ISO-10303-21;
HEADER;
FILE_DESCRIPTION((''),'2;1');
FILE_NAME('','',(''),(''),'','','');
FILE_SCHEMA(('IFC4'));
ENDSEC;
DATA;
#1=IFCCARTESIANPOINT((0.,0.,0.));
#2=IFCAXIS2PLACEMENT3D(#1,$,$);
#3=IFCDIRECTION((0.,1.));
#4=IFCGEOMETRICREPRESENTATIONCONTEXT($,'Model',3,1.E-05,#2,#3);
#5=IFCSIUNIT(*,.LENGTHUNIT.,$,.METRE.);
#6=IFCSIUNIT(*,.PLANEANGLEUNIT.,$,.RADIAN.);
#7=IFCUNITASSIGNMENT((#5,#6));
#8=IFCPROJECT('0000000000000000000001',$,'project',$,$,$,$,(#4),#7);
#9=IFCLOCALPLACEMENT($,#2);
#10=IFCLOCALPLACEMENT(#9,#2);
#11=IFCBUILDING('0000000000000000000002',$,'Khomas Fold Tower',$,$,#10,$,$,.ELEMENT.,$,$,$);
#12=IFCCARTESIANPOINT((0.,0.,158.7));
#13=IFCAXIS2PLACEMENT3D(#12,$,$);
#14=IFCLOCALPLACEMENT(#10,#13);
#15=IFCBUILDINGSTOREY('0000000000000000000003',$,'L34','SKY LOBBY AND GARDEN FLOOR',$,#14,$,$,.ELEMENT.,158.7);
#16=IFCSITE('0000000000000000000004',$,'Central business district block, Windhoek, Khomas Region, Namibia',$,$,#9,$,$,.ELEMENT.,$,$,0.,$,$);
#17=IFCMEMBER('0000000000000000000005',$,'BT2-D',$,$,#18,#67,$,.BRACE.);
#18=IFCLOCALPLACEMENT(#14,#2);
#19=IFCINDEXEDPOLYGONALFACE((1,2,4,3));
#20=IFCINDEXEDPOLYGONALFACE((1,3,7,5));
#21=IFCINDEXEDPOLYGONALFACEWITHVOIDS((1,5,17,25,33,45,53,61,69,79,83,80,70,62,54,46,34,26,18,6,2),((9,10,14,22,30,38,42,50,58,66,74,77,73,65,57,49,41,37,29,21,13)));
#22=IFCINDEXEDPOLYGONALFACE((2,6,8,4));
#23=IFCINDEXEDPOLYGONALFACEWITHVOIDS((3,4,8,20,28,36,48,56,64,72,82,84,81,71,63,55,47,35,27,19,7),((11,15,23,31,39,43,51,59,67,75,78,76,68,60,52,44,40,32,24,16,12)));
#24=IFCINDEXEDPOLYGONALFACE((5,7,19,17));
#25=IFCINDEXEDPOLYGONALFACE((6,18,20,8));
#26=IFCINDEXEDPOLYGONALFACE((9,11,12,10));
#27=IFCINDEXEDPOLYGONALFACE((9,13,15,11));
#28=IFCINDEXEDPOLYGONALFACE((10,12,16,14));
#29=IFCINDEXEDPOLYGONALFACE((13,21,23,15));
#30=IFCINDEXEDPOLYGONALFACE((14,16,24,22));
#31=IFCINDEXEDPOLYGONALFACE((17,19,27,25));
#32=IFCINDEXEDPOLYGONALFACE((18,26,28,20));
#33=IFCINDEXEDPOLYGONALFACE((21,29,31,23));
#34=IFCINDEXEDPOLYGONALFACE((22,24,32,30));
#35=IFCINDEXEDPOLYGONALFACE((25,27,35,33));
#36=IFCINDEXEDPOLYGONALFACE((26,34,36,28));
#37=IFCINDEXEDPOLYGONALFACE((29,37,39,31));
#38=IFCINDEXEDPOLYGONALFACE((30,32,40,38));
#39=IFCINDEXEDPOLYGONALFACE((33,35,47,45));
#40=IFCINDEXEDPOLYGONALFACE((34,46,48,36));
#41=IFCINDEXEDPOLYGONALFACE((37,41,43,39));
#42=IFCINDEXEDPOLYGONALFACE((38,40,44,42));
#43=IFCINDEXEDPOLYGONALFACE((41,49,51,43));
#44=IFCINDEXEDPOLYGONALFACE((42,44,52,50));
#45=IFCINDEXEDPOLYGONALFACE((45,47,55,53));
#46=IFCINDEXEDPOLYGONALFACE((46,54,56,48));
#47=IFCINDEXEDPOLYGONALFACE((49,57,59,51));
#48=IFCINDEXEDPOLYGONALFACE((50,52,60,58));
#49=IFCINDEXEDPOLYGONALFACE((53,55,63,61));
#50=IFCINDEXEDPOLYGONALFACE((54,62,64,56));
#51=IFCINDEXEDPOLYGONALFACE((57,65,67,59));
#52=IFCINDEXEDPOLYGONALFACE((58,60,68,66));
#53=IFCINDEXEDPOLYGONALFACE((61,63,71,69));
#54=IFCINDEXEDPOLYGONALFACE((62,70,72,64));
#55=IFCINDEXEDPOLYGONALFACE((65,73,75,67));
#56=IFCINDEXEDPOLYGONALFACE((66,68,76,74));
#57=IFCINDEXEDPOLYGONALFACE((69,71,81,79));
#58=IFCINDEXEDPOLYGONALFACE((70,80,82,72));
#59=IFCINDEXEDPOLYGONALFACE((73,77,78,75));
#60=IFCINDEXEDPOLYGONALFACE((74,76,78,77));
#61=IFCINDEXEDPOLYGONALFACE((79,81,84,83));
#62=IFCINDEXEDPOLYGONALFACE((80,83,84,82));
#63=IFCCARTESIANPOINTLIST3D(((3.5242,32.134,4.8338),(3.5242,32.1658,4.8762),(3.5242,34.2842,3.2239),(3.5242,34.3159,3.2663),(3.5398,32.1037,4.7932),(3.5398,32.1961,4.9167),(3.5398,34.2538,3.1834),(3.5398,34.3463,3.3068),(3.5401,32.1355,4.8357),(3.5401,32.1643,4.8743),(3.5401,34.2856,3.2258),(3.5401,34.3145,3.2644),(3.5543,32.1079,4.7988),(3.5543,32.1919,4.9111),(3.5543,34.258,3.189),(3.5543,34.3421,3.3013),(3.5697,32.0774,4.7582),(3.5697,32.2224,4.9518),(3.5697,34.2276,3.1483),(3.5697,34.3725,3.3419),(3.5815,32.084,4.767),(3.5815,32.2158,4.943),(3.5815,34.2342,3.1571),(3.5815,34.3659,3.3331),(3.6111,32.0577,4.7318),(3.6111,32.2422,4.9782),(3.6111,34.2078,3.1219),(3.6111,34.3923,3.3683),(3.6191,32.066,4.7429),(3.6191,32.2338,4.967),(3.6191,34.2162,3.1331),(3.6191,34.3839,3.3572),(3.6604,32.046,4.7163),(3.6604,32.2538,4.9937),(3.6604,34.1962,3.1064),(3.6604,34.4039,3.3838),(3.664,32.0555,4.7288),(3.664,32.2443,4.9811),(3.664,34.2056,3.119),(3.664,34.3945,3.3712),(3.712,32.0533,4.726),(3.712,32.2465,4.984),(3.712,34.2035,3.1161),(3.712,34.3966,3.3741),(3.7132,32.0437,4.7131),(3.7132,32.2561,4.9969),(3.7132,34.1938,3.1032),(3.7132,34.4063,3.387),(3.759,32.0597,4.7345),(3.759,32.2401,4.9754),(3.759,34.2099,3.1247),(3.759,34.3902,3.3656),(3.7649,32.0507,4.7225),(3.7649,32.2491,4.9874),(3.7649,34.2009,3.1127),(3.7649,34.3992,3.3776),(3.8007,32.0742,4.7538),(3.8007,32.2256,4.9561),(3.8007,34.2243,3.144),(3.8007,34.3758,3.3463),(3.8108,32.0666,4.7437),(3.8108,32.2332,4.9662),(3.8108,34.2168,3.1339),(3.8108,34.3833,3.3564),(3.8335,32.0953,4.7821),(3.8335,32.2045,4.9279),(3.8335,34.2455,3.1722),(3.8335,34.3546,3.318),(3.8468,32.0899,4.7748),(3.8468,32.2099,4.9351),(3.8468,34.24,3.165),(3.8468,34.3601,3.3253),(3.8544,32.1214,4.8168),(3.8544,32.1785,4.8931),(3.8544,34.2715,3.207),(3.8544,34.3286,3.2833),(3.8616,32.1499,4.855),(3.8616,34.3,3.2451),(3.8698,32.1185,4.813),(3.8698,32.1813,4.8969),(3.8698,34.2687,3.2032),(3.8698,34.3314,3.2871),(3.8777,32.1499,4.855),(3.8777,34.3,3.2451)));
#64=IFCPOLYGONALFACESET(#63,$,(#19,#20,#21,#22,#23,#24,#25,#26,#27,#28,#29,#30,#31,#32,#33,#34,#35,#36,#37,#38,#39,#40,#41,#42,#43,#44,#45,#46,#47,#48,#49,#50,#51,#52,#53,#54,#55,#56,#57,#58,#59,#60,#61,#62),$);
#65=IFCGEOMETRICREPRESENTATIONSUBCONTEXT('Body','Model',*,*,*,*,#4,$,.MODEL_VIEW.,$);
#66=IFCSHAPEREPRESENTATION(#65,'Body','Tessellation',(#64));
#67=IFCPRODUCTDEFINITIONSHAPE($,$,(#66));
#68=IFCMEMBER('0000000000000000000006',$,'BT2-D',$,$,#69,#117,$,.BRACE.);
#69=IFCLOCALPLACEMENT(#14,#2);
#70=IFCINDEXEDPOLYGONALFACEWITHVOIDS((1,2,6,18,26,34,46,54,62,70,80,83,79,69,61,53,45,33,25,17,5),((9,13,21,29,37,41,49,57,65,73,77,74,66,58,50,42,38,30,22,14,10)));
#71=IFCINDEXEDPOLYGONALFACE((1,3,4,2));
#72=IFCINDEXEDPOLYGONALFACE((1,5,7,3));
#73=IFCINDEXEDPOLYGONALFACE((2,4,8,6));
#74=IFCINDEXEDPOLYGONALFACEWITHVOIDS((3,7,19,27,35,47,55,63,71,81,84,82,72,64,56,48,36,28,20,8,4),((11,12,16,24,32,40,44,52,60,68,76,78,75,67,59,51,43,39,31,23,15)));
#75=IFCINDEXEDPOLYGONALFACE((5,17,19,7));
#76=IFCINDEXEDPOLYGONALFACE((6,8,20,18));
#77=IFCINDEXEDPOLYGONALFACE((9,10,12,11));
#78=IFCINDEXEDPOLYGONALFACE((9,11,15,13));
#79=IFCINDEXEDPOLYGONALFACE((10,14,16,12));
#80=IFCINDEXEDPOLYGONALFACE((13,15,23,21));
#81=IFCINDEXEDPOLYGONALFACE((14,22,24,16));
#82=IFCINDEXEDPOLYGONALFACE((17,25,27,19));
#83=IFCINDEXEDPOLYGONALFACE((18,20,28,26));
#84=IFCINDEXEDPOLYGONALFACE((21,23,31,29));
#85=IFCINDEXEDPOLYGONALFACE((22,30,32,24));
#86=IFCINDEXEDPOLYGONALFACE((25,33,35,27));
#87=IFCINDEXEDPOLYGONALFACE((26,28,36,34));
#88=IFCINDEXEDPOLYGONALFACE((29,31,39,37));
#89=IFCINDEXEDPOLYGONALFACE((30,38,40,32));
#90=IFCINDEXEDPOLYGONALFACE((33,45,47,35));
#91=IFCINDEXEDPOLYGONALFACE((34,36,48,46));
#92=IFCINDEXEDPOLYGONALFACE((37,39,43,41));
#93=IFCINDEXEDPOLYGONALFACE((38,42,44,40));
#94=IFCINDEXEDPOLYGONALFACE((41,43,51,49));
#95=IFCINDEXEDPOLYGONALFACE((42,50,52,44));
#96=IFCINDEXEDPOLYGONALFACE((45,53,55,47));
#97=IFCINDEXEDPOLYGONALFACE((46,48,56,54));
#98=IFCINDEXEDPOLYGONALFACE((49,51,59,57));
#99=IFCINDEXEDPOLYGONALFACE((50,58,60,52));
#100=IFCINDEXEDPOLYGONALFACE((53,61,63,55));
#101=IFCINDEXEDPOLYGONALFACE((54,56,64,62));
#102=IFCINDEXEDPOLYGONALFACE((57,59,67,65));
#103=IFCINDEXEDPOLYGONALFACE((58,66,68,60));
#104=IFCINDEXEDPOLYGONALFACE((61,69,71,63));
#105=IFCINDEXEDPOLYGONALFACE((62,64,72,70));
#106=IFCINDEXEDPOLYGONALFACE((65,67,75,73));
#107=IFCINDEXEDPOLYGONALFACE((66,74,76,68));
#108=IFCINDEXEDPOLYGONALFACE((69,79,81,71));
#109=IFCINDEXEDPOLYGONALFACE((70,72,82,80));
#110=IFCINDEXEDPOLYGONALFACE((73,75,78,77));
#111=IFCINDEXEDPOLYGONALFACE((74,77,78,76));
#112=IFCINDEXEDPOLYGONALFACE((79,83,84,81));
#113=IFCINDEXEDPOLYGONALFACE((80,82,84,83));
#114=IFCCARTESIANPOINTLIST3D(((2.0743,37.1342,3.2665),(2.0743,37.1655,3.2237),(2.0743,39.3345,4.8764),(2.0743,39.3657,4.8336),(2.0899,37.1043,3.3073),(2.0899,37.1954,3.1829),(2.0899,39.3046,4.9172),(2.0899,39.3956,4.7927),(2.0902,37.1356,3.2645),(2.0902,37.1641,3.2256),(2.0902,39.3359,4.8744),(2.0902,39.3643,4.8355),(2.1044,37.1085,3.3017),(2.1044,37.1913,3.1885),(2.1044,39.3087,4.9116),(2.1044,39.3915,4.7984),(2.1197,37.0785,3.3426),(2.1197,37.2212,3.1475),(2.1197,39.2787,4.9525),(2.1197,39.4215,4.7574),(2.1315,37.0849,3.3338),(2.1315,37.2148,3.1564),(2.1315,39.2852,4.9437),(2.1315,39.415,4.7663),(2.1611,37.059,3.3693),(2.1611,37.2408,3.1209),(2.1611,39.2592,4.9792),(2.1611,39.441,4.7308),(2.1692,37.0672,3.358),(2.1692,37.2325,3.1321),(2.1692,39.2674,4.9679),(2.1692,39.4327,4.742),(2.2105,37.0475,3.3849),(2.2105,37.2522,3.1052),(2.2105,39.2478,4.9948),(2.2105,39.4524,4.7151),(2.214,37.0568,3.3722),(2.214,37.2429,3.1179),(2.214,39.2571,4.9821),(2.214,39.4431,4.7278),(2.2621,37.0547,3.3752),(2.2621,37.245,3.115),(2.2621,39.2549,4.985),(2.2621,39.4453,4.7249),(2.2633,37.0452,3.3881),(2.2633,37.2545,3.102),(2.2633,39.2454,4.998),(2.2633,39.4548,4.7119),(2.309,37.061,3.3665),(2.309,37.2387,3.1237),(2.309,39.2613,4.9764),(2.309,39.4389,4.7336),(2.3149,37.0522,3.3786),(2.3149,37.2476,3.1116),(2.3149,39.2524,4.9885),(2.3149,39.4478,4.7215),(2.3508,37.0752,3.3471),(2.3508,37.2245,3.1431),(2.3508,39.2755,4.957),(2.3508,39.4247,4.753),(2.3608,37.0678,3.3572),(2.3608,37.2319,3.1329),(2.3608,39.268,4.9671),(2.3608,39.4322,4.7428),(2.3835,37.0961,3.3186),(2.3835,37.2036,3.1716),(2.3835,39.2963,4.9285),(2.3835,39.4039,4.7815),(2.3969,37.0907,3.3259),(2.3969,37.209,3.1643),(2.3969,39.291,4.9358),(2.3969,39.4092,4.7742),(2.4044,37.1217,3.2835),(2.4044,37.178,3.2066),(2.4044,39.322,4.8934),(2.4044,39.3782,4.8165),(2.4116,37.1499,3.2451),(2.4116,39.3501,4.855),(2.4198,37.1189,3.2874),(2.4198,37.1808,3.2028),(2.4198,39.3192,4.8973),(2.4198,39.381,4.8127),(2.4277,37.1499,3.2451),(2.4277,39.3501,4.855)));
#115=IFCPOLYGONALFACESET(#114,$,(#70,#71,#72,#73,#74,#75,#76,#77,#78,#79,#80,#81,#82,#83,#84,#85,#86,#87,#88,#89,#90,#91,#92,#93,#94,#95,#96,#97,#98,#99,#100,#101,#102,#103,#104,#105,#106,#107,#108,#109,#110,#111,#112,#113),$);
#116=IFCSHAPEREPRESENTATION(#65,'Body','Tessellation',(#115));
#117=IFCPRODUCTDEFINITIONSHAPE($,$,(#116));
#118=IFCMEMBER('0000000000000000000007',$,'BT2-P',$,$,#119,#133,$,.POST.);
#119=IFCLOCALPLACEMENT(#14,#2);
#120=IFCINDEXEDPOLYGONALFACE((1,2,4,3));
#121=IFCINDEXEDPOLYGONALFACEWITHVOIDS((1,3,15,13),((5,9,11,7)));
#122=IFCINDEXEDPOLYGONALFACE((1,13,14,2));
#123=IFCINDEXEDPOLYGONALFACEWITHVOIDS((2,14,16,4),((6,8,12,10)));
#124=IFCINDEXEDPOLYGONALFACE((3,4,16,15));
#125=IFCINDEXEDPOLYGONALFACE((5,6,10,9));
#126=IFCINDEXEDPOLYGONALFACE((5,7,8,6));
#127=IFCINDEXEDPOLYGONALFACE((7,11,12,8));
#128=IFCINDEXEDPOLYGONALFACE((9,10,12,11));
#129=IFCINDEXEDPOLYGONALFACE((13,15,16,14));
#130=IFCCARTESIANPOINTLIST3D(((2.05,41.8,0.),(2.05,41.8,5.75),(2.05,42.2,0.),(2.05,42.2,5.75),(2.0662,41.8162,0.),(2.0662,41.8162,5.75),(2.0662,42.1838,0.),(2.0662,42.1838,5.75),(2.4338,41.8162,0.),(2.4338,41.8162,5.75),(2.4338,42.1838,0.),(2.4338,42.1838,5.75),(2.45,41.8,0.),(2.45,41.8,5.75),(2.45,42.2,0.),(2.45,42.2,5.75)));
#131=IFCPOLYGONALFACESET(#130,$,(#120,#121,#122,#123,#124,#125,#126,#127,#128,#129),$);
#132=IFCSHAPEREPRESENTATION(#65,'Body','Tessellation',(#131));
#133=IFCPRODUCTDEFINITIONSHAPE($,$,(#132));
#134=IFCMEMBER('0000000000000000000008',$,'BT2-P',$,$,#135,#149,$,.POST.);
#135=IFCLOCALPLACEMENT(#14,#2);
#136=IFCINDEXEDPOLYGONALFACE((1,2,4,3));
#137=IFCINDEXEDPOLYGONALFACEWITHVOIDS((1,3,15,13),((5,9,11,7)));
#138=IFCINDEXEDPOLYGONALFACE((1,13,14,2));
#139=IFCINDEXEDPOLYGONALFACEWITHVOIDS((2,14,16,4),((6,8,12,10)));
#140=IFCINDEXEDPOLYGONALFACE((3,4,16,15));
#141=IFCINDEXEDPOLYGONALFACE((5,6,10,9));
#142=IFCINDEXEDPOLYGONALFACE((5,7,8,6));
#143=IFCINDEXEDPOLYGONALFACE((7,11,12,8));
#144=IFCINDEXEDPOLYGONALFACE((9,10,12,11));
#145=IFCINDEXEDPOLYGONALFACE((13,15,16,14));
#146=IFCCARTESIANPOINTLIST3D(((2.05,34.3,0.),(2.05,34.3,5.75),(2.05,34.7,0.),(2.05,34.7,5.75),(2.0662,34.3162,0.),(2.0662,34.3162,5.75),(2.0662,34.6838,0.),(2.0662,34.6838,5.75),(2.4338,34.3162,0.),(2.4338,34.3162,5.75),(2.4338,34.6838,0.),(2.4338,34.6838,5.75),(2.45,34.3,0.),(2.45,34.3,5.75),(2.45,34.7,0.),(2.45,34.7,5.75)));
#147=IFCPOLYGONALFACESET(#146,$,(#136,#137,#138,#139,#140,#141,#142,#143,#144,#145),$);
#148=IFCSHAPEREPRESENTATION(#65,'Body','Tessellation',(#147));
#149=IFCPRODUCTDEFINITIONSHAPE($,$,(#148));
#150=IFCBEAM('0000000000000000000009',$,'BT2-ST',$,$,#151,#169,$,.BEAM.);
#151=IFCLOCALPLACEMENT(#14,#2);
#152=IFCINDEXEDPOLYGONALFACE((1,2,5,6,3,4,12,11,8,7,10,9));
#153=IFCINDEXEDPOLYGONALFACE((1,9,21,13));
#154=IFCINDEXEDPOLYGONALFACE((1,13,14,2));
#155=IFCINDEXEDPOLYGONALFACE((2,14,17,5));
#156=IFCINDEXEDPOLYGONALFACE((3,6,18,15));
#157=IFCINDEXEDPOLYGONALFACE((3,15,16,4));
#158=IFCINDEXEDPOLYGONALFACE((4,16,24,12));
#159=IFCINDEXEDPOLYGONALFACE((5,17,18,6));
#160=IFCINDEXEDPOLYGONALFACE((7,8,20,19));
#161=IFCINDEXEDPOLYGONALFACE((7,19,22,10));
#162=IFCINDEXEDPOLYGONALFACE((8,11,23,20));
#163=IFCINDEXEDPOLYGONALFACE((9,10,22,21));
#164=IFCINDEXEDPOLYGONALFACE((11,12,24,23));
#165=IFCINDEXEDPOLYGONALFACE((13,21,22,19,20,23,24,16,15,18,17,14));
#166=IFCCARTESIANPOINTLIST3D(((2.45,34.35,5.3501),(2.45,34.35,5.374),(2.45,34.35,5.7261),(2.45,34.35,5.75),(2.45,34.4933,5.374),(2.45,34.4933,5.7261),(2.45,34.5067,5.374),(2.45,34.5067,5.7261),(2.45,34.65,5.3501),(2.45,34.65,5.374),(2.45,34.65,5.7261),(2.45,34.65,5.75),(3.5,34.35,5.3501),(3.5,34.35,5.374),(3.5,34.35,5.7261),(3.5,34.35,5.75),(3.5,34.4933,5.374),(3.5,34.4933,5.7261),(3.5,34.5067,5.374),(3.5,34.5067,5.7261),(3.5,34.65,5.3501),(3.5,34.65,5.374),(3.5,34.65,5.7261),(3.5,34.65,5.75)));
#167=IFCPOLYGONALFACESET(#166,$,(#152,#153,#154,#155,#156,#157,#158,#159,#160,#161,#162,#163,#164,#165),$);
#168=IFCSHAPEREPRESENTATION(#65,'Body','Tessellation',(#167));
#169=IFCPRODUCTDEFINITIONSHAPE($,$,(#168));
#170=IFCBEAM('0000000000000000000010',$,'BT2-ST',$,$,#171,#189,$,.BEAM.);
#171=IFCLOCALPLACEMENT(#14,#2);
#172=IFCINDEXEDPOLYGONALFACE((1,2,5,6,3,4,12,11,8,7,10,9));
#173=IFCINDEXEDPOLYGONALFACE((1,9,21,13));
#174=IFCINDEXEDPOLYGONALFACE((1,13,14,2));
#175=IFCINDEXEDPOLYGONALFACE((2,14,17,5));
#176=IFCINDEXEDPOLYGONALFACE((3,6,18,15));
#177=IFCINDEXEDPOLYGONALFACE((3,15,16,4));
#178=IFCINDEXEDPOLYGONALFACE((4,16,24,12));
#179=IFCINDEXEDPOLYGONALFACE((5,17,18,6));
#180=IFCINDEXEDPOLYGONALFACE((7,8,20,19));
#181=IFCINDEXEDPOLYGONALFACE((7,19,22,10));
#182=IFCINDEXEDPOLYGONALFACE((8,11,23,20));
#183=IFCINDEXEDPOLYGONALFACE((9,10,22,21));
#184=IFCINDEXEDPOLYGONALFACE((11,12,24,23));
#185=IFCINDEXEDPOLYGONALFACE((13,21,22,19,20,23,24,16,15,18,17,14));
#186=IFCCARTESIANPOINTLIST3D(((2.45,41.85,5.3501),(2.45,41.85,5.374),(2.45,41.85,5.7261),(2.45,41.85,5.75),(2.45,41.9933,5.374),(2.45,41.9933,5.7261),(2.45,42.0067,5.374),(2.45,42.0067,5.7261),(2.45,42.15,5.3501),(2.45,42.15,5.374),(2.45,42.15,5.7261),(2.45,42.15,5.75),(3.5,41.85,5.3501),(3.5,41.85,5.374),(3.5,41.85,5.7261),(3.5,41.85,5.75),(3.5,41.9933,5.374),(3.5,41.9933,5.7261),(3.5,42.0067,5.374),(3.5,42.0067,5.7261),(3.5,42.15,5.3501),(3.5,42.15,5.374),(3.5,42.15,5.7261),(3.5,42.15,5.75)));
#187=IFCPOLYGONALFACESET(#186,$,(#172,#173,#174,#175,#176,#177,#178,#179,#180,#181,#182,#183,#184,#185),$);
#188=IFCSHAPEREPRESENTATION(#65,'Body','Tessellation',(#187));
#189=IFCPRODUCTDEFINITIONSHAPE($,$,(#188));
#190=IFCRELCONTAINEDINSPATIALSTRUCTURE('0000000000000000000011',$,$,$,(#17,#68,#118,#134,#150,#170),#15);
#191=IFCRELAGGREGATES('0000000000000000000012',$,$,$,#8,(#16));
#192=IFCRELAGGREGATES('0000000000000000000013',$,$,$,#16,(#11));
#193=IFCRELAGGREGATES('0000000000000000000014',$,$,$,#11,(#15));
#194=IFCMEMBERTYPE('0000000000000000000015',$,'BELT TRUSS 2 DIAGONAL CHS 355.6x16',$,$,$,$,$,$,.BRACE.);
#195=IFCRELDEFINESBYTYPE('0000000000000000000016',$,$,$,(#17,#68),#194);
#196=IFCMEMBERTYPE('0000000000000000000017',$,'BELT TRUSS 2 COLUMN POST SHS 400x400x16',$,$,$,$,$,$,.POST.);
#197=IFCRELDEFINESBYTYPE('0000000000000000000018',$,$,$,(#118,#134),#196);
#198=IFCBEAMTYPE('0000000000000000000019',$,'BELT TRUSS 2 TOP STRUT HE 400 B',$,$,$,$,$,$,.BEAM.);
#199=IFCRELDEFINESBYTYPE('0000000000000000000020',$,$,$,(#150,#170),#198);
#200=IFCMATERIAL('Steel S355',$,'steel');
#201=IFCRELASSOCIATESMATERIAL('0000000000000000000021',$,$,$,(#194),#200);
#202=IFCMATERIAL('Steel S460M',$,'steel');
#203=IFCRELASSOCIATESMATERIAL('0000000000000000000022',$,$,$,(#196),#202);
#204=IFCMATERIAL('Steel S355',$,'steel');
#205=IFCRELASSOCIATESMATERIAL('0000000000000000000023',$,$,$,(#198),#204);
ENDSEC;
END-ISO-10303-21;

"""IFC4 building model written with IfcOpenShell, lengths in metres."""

from ifc_helpers import new_model, si_unit, direction, frame, origin, origin_2d, place, context, subcontext, project, spatial, hollow_rectangle, hollow_circle, i_section, extrude, source, transform, mapped, material, material_profile, profile_set, type_object, element, save


model = new_model("IFC4")

# Units and contexts
model_context = context("Model", 3, precision=1e-05, world=origin(), true_north=direction((0.0, 1.0)))
body_context = subcontext(model_context, "Body", "Model", "MODEL_VIEW")
ifc_project = project(units=[si_unit("LENGTHUNIT", "METRE"), si_unit("PLANEANGLEUNIT", "RADIAN")], contexts=[model_context])

# Site, building, storey
site_placement = place(None, origin())
site = spatial("IfcSite", under=ifc_project, at=site_placement, Name="Central business district block, Windhoek, Khomas Region, Namibia", CompositionType="ELEMENT", RefElevation=0.0)
building_placement = place(site_placement, origin())
building = spatial("IfcBuilding", under=site, at=building_placement, Name="Khomas Fold Tower", CompositionType="ELEMENT")
storey_placement = place(building_placement, frame((0.0, 0.0, 158.7)))
storey = spatial("IfcBuildingStorey", under=building, at=storey_placement, Name="L34", Description="SKY LOBBY AND GARDEN FLOOR", CompositionType="ELEMENT", Elevation=158.7)

# Members
ifc_material_1 = material(Name="Steel S355", Category="steel")
ifc_material_profile_1 = material_profile(ifc_material_1, hollow_circle(Radius=0.1777, WallThickness=0.0161, at=origin_2d()), Name="CHS 355.6x16")
ifc_profile_set_1 = profile_set([ifc_material_profile_1], Name="Steel S355")
member_type_1 = type_object("IfcMemberType", Name="BELT TRUSS 2 DIAGONAL CHS 355.6x16", PredefinedType="BRACE", material=ifc_profile_set_1)
shared_shape_1 = source(origin(), body_context, "Body", "SweptSolid", [
    extrude(hollow_circle(Radius=0.1777, WallThickness=0.0161, at=origin_2d()), origin(), (0.0, 0.0, 1.0), 2.686),
])
for number, where, z_axis, x_axis, name in (
    (1, (3.7, 34.3, 3.2451), (0.0, -0.800491, 0.599345), (1.0, 0.0, 0.0), "BT2-D"),
):
    element("IfcMember", number, at=place(storey_placement, frame(where, z_axis=z_axis, x_axis=x_axis)), inside=storey, type_object=member_type_1, Name=name, PredefinedType="BRACE", context=body_context, shape_type="MappedRepresentation", body=[
        mapped(shared_shape_1, transform((0.0, 0.0, 0.0))),
    ])
shared_shape_2 = source(origin(), body_context, "Body", "SweptSolid", [
    extrude(hollow_circle(Radius=0.1777, WallThickness=0.0161, at=origin_2d()), origin(), (0.0, 0.0, 1.0), 2.7263),
])
member_1_placement = place(storey_placement, frame((2.25, 39.3501, 4.855), z_axis=(0.0, -0.807037, -0.590501), x_axis=(1.0, 0.0, 0.0)))
element("IfcMember", 2, at=member_1_placement, inside=storey, type_object=member_type_1, Name="BT2-D", PredefinedType="BRACE", context=body_context, shape_type="MappedRepresentation", body=[
    mapped(shared_shape_2, transform((0.0, 0.0, 0.0))),
])
ifc_material_2 = material(Name="Steel S460M", Category="steel")
ifc_material_profile_2 = material_profile(ifc_material_2, hollow_rectangle(XDim=0.3999, YDim=0.3999, WallThickness=0.0161, at=origin_2d()), Name="SHS 400x400x16")
ifc_profile_set_2 = profile_set([ifc_material_profile_2], Name="Steel S460M")
member_type_2 = type_object("IfcMemberType", Name="BELT TRUSS 2 COLUMN POST SHS 400x400x16", PredefinedType="POST", material=ifc_profile_set_2)
shared_shape_3 = source(origin(), body_context, "Body", "SweptSolid", [
    extrude(hollow_rectangle(XDim=0.3999, YDim=0.3999, WallThickness=0.0161, at=origin_2d()), origin(), (0.0, 0.0, 1.0), 5.75),
])
for number, where, z_axis, x_axis, name in (
    (3, (2.25, 42.0, 0.0), (0.0, 0.0, 1.0), (1.0, 0.0, 0.0), "BT2-P"),
    (4, (2.25, 34.5, 0.0), (0.0, 0.0, 1.0), (1.0, 0.0, 0.0), "BT2-P"),
):
    element("IfcMember", number, at=place(storey_placement, frame(where, z_axis=z_axis, x_axis=x_axis)), inside=storey, type_object=member_type_2, Name=name, PredefinedType="POST", context=body_context, shape_type="MappedRepresentation", body=[
        mapped(shared_shape_3, transform((0.0, 0.0, 0.0))),
    ])

# Beams
ifc_material_3 = material(Name="Steel S355", Category="steel")
ifc_material_profile_3 = material_profile(ifc_material_3, i_section(OverallWidth=0.3, OverallDepth=0.3999, WebThickness=0.0134, FlangeThickness=0.0239, at=origin_2d()), Name="HE 400 B")
ifc_profile_set_3 = profile_set([ifc_material_profile_3], Name="Steel S355")
beam_type_1 = type_object("IfcBeamType", Name="BELT TRUSS 2 TOP STRUT HE 400 B", PredefinedType="BEAM", material=ifc_profile_set_3)
shared_shape_4 = source(origin(), body_context, "Body", "SweptSolid", [
    extrude(i_section(OverallWidth=0.3, OverallDepth=0.3999, WebThickness=0.0134, FlangeThickness=0.0239, at=origin_2d()), origin(), (0.0, 0.0, 1.0), 1.05),
])
for number, where, z_axis, x_axis, name in (
    (5, (3.5, 34.5, 5.55), (-1.0, 0.0, 0.0), (0.0, -1.0, 0.0), "BT2-ST"),
    (6, (3.5, 42.0, 5.55), (-1.0, 0.0, 0.0), (0.0, -1.0, 0.0), "BT2-ST"),
):
    element("IfcBeam", number, at=place(storey_placement, frame(where, z_axis=z_axis, x_axis=x_axis)), inside=storey, type_object=beam_type_1, Name=name, PredefinedType="BEAM", context=body_context, shape_type="MappedRepresentation", body=[
        mapped(shared_shape_4, transform((0.0, 0.0, 0.0))),
    ])

save(model, "model.ifc")
